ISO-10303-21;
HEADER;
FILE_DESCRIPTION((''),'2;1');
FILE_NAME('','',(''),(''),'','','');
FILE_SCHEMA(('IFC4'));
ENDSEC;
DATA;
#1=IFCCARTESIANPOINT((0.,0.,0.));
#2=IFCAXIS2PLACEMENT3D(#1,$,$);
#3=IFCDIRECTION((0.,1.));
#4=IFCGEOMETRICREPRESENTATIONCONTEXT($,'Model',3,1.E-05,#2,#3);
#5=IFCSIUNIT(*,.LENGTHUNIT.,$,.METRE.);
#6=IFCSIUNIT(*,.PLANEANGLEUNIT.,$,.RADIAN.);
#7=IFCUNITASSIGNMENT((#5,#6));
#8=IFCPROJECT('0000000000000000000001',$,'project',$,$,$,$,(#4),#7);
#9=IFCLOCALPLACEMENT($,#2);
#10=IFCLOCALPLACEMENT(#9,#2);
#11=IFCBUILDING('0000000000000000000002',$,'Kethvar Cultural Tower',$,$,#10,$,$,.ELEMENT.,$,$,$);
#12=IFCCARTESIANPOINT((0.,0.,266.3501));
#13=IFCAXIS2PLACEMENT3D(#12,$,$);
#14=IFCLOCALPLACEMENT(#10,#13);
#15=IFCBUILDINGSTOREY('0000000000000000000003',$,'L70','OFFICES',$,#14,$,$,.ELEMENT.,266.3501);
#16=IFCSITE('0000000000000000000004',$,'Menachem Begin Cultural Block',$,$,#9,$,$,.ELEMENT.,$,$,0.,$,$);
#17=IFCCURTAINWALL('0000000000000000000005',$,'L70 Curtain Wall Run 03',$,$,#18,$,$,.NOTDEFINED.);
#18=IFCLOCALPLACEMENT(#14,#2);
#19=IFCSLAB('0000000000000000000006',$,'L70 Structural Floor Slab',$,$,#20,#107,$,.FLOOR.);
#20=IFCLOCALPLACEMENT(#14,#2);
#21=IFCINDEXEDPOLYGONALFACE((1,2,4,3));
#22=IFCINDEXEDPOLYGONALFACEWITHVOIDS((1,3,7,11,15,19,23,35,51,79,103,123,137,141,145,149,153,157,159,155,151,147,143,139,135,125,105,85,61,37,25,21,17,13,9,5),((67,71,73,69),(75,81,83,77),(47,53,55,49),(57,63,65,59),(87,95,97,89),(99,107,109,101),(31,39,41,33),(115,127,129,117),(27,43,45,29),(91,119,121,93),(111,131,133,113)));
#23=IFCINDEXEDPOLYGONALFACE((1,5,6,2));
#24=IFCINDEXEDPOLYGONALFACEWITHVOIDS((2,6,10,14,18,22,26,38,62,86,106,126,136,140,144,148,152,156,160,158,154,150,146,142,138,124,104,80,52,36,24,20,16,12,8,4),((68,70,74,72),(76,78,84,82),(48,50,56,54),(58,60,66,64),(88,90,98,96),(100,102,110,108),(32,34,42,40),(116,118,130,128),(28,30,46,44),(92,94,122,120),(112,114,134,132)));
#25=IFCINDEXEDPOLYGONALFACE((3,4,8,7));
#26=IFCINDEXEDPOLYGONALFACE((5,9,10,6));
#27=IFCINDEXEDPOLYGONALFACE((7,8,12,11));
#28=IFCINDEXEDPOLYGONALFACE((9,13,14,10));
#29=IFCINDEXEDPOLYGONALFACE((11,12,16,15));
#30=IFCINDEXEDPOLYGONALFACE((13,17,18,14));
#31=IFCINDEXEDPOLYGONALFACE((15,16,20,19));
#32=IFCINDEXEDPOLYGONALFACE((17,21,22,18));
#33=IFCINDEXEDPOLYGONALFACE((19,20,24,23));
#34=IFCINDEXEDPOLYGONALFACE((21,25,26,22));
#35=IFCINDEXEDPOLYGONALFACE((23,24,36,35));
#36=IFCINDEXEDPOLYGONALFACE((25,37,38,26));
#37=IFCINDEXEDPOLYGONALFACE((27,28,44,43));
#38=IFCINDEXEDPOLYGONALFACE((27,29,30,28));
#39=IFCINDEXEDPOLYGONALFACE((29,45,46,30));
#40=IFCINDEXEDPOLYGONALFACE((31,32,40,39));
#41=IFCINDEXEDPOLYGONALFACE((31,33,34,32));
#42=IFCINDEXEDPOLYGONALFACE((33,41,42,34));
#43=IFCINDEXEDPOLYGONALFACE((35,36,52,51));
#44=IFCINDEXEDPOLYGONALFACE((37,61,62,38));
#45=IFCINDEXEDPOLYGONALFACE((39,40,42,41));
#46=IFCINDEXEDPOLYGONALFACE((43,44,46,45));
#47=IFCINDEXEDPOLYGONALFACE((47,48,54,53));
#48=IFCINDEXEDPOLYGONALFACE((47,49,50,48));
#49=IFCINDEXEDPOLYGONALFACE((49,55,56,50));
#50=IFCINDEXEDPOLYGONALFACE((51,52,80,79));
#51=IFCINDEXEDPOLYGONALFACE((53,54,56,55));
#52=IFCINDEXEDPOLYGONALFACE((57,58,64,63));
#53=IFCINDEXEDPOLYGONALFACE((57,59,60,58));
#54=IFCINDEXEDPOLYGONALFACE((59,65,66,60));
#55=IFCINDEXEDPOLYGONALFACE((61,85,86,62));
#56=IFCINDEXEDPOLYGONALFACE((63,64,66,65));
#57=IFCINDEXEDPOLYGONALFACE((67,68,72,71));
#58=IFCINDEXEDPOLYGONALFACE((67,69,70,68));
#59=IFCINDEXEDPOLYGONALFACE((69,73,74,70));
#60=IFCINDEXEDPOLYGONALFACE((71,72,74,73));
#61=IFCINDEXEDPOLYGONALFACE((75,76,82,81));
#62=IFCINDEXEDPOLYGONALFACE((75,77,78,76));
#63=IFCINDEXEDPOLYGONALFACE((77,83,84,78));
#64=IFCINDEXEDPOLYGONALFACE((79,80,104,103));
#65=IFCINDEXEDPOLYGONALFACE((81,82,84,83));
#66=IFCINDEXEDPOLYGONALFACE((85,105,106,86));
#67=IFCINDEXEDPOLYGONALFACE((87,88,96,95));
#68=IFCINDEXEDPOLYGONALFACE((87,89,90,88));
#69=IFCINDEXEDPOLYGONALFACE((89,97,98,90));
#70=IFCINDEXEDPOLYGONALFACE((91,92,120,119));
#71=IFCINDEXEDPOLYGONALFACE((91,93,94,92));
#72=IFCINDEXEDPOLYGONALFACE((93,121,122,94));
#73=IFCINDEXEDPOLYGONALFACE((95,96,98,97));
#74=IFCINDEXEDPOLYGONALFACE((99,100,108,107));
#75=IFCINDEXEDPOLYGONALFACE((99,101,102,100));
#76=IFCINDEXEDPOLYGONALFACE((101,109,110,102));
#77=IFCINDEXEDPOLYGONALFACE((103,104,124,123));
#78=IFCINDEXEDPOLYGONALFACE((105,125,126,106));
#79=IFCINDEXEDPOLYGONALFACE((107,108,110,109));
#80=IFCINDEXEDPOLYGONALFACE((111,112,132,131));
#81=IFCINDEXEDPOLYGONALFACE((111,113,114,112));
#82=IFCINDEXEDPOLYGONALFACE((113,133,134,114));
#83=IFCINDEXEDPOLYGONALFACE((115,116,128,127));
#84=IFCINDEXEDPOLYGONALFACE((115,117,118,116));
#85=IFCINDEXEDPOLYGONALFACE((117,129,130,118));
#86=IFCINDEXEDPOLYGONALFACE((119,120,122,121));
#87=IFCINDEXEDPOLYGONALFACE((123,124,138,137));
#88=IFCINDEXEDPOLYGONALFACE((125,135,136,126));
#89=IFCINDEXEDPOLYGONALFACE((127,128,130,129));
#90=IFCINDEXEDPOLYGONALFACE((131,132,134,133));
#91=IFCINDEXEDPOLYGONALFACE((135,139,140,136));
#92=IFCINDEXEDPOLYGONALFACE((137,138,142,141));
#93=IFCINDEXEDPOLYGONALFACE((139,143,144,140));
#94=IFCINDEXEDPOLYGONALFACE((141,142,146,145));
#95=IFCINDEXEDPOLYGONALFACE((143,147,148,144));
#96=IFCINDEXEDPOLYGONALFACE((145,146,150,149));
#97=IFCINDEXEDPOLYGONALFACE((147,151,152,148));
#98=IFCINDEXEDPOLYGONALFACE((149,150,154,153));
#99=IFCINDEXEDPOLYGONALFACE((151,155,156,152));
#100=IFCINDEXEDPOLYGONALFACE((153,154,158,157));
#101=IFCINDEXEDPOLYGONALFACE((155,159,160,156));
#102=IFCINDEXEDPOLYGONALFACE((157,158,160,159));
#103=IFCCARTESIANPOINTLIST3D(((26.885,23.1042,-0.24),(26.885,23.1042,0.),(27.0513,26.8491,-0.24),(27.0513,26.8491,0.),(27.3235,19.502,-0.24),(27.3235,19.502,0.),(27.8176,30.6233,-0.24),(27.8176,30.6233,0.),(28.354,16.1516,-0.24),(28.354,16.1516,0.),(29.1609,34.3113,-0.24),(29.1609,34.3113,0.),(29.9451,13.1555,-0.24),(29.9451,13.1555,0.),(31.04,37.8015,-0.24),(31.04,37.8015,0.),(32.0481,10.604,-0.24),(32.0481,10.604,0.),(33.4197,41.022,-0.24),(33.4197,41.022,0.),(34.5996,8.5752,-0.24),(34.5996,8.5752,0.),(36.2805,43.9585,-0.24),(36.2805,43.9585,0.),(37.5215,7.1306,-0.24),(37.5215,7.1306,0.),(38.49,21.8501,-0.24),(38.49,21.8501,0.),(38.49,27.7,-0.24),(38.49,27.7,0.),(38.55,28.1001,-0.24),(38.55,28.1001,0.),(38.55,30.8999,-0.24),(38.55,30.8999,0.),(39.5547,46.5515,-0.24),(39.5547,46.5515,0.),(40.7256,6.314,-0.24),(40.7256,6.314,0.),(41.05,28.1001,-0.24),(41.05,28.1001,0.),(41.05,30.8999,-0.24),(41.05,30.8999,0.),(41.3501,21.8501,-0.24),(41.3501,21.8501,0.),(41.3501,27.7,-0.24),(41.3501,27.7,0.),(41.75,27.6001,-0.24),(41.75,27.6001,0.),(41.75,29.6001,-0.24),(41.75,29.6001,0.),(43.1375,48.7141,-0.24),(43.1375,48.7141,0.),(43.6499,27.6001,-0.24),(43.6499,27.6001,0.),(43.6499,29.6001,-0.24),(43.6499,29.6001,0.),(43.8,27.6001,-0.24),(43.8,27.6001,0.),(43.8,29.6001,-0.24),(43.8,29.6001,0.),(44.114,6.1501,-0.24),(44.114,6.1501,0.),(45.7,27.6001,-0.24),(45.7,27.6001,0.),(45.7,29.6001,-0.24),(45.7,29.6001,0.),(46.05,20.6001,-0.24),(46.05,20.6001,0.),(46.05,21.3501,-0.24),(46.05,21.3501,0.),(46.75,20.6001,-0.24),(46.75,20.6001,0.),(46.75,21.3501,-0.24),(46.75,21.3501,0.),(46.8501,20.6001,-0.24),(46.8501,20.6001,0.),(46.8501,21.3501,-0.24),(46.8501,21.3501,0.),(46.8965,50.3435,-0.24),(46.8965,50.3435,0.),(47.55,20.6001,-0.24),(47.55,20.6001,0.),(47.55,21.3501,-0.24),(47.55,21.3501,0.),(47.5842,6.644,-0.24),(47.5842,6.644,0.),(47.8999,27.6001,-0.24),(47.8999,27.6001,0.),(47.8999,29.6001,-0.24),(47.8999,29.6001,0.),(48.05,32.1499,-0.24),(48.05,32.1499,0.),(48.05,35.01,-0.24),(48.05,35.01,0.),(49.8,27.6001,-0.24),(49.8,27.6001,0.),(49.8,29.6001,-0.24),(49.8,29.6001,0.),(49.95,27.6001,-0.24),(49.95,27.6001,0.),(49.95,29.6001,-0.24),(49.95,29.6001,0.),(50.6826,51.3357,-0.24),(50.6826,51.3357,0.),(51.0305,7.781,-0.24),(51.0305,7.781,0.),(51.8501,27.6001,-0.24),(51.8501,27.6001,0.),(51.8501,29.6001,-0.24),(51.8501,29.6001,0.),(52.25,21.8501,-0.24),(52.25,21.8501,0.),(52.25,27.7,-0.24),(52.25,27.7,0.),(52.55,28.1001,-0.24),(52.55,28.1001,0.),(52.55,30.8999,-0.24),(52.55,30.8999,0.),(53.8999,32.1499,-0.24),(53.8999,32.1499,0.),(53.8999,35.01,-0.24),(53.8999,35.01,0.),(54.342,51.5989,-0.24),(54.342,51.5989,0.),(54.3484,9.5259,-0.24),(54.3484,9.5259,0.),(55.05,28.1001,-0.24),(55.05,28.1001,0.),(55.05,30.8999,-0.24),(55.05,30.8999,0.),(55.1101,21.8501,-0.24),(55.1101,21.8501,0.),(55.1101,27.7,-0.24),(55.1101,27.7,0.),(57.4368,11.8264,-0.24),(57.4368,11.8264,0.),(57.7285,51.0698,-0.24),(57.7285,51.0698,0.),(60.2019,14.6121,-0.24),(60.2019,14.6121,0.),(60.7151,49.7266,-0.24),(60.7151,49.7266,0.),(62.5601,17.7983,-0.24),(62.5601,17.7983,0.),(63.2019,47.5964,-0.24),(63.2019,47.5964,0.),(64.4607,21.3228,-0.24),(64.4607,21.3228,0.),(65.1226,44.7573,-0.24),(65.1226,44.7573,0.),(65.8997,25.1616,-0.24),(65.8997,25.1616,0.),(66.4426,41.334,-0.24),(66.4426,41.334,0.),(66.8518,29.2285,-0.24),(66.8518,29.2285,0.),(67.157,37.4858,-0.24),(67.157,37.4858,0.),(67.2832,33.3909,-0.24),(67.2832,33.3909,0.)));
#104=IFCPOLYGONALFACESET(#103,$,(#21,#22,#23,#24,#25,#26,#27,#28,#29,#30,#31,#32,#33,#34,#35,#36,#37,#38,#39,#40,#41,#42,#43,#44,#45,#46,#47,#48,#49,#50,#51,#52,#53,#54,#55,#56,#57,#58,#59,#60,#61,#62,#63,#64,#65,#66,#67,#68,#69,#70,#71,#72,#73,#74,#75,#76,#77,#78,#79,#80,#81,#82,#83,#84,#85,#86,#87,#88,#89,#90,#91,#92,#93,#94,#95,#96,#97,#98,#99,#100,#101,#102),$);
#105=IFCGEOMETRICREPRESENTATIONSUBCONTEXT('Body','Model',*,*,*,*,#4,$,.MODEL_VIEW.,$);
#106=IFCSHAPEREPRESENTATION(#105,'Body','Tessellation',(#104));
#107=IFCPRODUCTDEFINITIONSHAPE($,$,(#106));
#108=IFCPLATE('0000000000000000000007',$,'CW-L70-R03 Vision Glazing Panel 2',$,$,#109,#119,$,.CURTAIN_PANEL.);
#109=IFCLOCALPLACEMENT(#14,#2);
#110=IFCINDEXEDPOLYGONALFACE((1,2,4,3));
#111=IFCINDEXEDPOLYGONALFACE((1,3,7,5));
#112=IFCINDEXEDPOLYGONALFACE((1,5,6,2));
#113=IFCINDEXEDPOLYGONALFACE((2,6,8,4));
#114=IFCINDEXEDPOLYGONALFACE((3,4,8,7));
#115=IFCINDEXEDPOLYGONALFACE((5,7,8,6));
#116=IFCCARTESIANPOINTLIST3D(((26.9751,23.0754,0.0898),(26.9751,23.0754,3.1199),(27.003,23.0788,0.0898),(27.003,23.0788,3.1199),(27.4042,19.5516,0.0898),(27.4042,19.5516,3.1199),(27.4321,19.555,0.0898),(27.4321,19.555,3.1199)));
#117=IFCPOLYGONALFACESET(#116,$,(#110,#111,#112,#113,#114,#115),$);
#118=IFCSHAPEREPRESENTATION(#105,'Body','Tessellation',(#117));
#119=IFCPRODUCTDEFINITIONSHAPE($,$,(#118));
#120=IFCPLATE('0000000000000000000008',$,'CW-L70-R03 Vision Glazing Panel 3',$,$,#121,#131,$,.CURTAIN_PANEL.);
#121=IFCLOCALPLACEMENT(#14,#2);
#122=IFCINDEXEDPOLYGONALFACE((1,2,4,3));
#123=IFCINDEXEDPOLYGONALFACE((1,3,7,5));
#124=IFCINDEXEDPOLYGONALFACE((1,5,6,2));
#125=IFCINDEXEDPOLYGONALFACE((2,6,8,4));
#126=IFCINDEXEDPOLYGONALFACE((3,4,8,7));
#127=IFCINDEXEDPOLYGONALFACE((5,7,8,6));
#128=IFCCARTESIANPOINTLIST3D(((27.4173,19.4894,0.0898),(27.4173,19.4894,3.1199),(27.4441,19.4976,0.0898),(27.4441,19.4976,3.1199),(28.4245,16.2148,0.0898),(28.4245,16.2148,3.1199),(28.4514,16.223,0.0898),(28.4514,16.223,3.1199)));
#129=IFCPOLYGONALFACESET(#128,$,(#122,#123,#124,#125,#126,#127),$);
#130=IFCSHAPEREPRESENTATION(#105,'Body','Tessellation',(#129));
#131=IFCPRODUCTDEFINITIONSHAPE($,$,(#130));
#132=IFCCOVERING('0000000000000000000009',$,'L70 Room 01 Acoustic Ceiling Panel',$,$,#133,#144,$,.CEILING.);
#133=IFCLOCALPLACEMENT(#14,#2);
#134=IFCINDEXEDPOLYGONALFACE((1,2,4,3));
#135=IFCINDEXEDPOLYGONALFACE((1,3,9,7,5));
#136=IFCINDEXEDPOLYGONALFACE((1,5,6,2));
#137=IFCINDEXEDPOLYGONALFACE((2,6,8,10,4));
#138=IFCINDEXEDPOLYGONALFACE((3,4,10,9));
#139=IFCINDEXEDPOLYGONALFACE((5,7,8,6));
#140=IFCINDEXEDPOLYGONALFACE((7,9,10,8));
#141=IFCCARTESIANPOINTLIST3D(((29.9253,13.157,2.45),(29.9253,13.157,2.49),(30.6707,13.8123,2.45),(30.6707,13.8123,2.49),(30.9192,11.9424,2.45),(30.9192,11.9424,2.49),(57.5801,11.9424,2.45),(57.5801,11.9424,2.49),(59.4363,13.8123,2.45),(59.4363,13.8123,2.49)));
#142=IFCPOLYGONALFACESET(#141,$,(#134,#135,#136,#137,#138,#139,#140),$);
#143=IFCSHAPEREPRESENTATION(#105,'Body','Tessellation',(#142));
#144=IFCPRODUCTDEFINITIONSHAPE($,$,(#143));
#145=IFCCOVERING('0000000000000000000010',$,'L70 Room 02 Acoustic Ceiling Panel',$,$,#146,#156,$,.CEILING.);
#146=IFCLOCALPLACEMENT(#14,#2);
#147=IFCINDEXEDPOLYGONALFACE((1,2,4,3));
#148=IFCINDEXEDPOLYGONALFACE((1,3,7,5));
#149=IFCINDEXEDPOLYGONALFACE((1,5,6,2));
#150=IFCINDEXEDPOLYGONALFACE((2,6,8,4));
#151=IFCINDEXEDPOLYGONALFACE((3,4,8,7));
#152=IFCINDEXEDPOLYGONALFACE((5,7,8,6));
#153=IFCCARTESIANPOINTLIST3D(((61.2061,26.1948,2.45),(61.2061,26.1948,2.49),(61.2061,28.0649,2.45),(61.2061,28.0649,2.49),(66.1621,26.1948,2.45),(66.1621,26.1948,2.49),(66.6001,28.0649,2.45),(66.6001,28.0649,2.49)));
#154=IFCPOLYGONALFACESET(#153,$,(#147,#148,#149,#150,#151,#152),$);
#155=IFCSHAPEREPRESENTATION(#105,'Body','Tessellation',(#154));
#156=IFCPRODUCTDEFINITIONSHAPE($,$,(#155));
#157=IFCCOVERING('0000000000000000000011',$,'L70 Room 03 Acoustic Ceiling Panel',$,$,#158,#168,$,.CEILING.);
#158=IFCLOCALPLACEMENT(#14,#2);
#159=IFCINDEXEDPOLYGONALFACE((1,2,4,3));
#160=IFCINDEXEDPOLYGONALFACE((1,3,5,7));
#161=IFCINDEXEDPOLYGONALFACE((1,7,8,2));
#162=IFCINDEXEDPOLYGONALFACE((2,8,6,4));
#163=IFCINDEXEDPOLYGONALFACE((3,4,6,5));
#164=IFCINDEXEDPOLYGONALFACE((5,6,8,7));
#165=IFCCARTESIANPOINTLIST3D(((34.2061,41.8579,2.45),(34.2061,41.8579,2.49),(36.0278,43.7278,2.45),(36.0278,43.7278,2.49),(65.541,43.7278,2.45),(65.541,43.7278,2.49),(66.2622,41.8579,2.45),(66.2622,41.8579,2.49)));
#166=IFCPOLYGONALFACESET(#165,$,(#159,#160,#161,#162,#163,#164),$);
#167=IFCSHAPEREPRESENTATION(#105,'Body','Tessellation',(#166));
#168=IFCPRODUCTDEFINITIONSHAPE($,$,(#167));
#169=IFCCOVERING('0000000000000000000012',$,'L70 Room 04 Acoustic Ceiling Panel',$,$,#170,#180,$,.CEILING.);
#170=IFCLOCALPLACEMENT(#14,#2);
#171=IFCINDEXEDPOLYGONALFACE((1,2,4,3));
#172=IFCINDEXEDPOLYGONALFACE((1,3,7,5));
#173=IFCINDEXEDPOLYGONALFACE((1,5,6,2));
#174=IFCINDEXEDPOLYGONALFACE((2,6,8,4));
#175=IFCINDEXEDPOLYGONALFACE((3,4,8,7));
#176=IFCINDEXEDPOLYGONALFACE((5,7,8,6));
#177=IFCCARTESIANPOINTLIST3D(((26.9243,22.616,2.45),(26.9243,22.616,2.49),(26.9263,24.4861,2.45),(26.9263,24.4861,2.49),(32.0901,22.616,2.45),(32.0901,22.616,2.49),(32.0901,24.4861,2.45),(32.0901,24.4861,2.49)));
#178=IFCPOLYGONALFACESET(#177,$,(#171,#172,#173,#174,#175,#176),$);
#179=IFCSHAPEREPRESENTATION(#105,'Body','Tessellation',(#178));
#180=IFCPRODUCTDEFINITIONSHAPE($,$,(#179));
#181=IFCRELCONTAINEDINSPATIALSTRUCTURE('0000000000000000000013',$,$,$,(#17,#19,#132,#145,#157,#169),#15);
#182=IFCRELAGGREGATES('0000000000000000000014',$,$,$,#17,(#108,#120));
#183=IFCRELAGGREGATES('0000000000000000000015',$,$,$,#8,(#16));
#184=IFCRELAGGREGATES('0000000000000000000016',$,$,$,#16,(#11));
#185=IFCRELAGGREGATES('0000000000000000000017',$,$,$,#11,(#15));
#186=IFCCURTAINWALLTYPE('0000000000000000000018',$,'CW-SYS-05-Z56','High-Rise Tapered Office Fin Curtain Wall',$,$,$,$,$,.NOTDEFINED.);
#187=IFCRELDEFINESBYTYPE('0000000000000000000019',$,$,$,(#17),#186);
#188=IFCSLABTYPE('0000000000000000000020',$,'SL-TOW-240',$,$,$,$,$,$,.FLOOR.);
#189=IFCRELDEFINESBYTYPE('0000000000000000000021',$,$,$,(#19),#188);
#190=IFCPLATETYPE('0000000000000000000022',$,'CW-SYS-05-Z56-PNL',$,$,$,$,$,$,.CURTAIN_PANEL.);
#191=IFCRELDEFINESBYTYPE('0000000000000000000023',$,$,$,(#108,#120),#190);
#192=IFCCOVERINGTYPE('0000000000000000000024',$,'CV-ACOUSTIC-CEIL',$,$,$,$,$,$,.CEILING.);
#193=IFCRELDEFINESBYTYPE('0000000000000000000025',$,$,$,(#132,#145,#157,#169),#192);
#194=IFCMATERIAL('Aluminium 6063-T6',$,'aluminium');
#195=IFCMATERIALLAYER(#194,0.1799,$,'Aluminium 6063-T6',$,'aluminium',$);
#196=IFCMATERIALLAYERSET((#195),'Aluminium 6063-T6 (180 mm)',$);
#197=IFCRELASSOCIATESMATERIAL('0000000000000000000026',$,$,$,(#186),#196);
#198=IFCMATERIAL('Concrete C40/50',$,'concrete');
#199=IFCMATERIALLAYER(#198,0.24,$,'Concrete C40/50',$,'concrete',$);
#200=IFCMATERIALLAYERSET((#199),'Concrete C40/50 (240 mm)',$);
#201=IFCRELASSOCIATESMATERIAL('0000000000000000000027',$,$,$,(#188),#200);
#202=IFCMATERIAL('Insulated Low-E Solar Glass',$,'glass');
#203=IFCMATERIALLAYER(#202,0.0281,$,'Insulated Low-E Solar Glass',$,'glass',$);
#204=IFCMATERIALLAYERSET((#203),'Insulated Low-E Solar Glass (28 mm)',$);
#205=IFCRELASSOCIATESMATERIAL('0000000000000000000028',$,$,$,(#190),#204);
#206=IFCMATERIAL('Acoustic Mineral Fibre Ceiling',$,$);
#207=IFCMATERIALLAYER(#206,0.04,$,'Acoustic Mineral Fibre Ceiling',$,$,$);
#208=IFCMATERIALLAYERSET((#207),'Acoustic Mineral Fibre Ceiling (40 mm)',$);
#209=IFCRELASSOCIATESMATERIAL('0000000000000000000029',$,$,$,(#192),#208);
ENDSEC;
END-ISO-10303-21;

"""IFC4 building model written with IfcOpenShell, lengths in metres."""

from ifc_helpers import new_model, si_unit, direction, frame, origin, origin_2d, place, context, subcontext, project, spatial, polyline, rectangle, outline, extrude, source, transform, mapped, material, layer, layer_set, type_object, element, aggregate, save


model = new_model("IFC4")

# Units and contexts
model_context = context("Model", 3, precision=1e-05, world=origin(), true_north=direction((0.0, 1.0)))
body_context = subcontext(model_context, "Body", "Model", "MODEL_VIEW")
ifc_project = project(units=[si_unit("LENGTHUNIT", "METRE"), si_unit("PLANEANGLEUNIT", "RADIAN")], contexts=[model_context])

# Site, building, storey
site_placement = place(None, origin())
site = spatial("IfcSite", under=ifc_project, at=site_placement, Name="Menachem Begin Cultural Block", CompositionType="ELEMENT", RefElevation=0.0)
building_placement = place(site_placement, origin())
building = spatial("IfcBuilding", under=site, at=building_placement, Name="Kethvar Cultural Tower", CompositionType="ELEMENT")
storey_placement = place(building_placement, frame((0.0, 0.0, 266.3501)))
storey = spatial("IfcBuildingStorey", under=building, at=storey_placement, Name="L70", Description="OFFICES", CompositionType="ELEMENT", Elevation=266.3501)

# Curtain wall
ifc_material_1 = material(Name="Aluminium 6063-T6", Category="aluminium")
ifc_layer_1 = layer(ifc_material_1, 0.1799, Name="Aluminium 6063-T6", Category="aluminium")
ifc_layer_set_1 = layer_set([ifc_layer_1], Name="Aluminium 6063-T6 (180 mm)")
curtain_wall_type = type_object("IfcCurtainWallType", Name="CW-SYS-05-Z56", Description="High-Rise Tapered Office Fin Curtain Wall", PredefinedType="NOTDEFINED", material=ifc_layer_set_1)
curtain_wall_placement = place(storey_placement, origin())
curtain_wall = element("IfcCurtainWall", 1, at=curtain_wall_placement, inside=storey, type_object=curtain_wall_type, Name="L70 Curtain Wall Run 03", PredefinedType="NOTDEFINED")

# Shared definitions
ifc_material_2 = material(Name="Concrete C40/50", Category="concrete")

# Slab
ifc_layer_2 = layer(ifc_material_2, 0.24, Name="Concrete C40/50", Category="concrete")
ifc_layer_set_2 = layer_set([ifc_layer_2], Name="Concrete C40/50 (240 mm)")
slab_type_1 = type_object("IfcSlabType", Name="SL-TOW-240", PredefinedType="FLOOR", material=ifc_layer_set_2)
slab_1_placement = place(storey_placement, frame((0.0, 0.0, -0.24)))
element("IfcSlab", 2, at=slab_1_placement, inside=storey, type_object=slab_type_1, Name="L70 Structural Floor Slab", PredefinedType="FLOOR", context=body_context, shape_type="SweptSolid", body=[
    extrude(outline(polyline([(60.7151, 49.7266), (57.7285, 51.0698), (54.342, 51.5989), (50.6826, 51.3357), (46.8965, 50.3435), (43.1375, 48.7141), (39.5547, 46.5515), (36.2805, 43.9585), (33.4197, 41.022), (31.04, 37.8015), (29.1609, 34.3113), (27.8176, 30.6233), (27.0513, 26.8491), (26.885, 23.1042), (27.3235, 19.502), (28.354, 16.1516), (29.9451, 13.1555), (32.0481, 10.604), (34.5996, 8.5752), (37.5215, 7.1306), (40.7256, 6.314), (44.114, 6.1501), (47.5842, 6.644), (51.0305, 7.781), (54.3484, 9.5259), (57.4368, 11.8264), (60.2019, 14.6121), (62.5601, 17.7983), (64.4607, 21.3228), (65.8997, 25.1616), (66.8518, 29.2285), (67.2832, 33.3909), (67.157, 37.4858), (66.4426, 41.334), (65.1226, 44.7573), (63.2019, 47.5964), (60.7151, 49.7266)]), holes=[polyline([(38.49, 21.8501), (38.49, 27.7), (41.3501, 27.7), (41.3501, 21.8501), (38.49, 21.8501)]), polyline([(52.25, 21.8501), (52.25, 27.7), (55.1101, 27.7), (55.1101, 21.8501), (52.25, 21.8501)]), polyline([(53.8999, 32.1499), (48.05, 32.1499), (48.05, 35.01), (53.8999, 35.01), (53.8999, 32.1499)]), polyline([(41.75, 29.6001), (43.6499, 29.6001), (43.6499, 27.6001), (41.75, 27.6001), (41.75, 29.6001)]), polyline([(43.8, 29.6001), (45.7, 29.6001), (45.7, 27.6001), (43.8, 27.6001), (43.8, 29.6001)]), polyline([(47.8999, 29.6001), (49.8, 29.6001), (49.8, 27.6001), (47.8999, 27.6001), (47.8999, 29.6001)]), polyline([(49.95, 29.6001), (51.8501, 29.6001), (51.8501, 27.6001), (49.95, 27.6001), (49.95, 29.6001)]), polyline([(38.55, 30.8999), (41.05, 30.8999), (41.05, 28.1001), (38.55, 28.1001), (38.55, 30.8999)]), polyline([(52.55, 30.8999), (55.05, 30.8999), (55.05, 28.1001), (52.55, 28.1001), (52.55, 30.8999)]), polyline([(46.05, 21.3501), (46.75, 21.3501), (46.75, 20.6001), (46.05, 20.6001), (46.05, 21.3501)]), polyline([(46.8501, 21.3501), (47.55, 21.3501), (47.55, 20.6001), (46.8501, 20.6001), (46.8501, 21.3501)])]), origin(), (0.0, 0.0, 1.0), 0.24),
])

# Plates
ifc_material_3 = material(Name="Insulated Low-E Solar Glass", Category="glass")
ifc_layer_3 = layer(ifc_material_3, 0.0281, Name="Insulated Low-E Solar Glass", Category="glass")
ifc_layer_set_3 = layer_set([ifc_layer_3], Name="Insulated Low-E Solar Glass (28 mm)")
plate_type = type_object("IfcPlateType", Name="CW-SYS-05-Z56-PNL", PredefinedType="CURTAIN_PANEL", material=ifc_layer_set_3)
shared_shape_1 = source(origin(), body_context, "Body", "SweptSolid", [
    extrude(rectangle(XDim=3.5498, YDim=0.0281, at=origin_2d()), origin(), (0.0, 0.0, 1.0), 3.03),
])
plate_1_placement = place(storey_placement, frame((27.2036, 21.3152, 0.0898), z_axis=(0.0, 0.0, 1.0), x_axis=(0.120882, -0.992667, 0.0)))
plate_1 = element("IfcPlate", 3, at=plate_1_placement, type_object=plate_type, Name="CW-L70-R03 Vision Glazing Panel 2", PredefinedType="CURTAIN_PANEL", context=body_context, shape_type="MappedRepresentation", body=[
    mapped(shared_shape_1, transform((0.0, 0.0, 0.0), scale=1.0)),
])
shared_shape_2 = source(origin(), body_context, "Body", "SweptSolid", [
    extrude(rectangle(XDim=3.426, YDim=0.0281, at=origin_2d()), origin(), (0.0, 0.0, 1.0), 3.03),
])
plate_2_placement = place(storey_placement, frame((27.9343, 17.8562, 0.0898), z_axis=(0.0, 0.0, 1.0), x_axis=(0.29399, -0.955808, 0.0)))
plate_2 = element("IfcPlate", 4, at=plate_2_placement, type_object=plate_type, Name="CW-L70-R03 Vision Glazing Panel 3", PredefinedType="CURTAIN_PANEL", context=body_context, shape_type="MappedRepresentation", body=[
    mapped(shared_shape_2, transform((0.0, 0.0, 0.0), scale=1.0)),
])
aggregate(curtain_wall, [plate_1, plate_2])

# Coverings
ifc_material_4 = material(Name="Acoustic Mineral Fibre Ceiling")
ifc_layer_4 = layer(ifc_material_4, 0.04, Name="Acoustic Mineral Fibre Ceiling")
ifc_layer_set_4 = layer_set([ifc_layer_4], Name="Acoustic Mineral Fibre Ceiling (40 mm)")
covering_type_1 = type_object("IfcCoveringType", Name="CV-ACOUSTIC-CEIL", PredefinedType="CEILING", material=ifc_layer_set_4)
covering_1_placement = place(storey_placement, frame((0.0, 0.0, 2.45)))
element("IfcCovering", 5, at=covering_1_placement, inside=storey, type_object=covering_type_1, Name="L70 Room 01 Acoustic Ceiling Panel", PredefinedType="CEILING", context=body_context, shape_type="SweptSolid", body=[
    extrude(outline(polyline([(57.5801, 11.9424), (30.9192, 11.9424), (29.9253, 13.157), (30.6707, 13.8123), (59.4363, 13.8123), (57.5801, 11.9424)])), origin(), (0.0, 0.0, 1.0), 0.04),
])
covering_2_placement = place(storey_placement, frame((0.0, 0.0, 2.45)))
element("IfcCovering", 6, at=covering_2_placement, inside=storey, type_object=covering_type_1, Name="L70 Room 02 Acoustic Ceiling Panel", PredefinedType="CEILING", context=body_context, shape_type="SweptSolid", body=[
    extrude(outline(polyline([(66.1621, 26.1948), (61.2061, 26.1948), (61.2061, 28.0649), (66.6001, 28.0649), (66.1621, 26.1948)])), origin(), (0.0, 0.0, 1.0), 0.04),
])
covering_3_placement = place(storey_placement, frame((0.0, 0.0, 2.45)))
element("IfcCovering", 7, at=covering_3_placement, inside=storey, type_object=covering_type_1, Name="L70 Room 03 Acoustic Ceiling Panel", PredefinedType="CEILING", context=body_context, shape_type="SweptSolid", body=[
    extrude(outline(polyline([(66.2622, 41.8579), (34.2061, 41.8579), (36.0278, 43.7278), (65.541, 43.7278), (66.2622, 41.8579)])), origin(), (0.0, 0.0, 1.0), 0.04),
])
covering_4_placement = place(storey_placement, frame((0.0, 0.0, 2.45)))
element("IfcCovering", 8, at=covering_4_placement, inside=storey, type_object=covering_type_1, Name="L70 Room 04 Acoustic Ceiling Panel", PredefinedType="CEILING", context=body_context, shape_type="SweptSolid", body=[
    extrude(outline(polyline([(26.9243, 22.616), (26.9263, 24.4861), (32.0901, 24.4861), (32.0901, 22.616), (26.9243, 22.616)])), origin(), (0.0, 0.0, 1.0), 0.04),
])

save(model, "model.ifc")
